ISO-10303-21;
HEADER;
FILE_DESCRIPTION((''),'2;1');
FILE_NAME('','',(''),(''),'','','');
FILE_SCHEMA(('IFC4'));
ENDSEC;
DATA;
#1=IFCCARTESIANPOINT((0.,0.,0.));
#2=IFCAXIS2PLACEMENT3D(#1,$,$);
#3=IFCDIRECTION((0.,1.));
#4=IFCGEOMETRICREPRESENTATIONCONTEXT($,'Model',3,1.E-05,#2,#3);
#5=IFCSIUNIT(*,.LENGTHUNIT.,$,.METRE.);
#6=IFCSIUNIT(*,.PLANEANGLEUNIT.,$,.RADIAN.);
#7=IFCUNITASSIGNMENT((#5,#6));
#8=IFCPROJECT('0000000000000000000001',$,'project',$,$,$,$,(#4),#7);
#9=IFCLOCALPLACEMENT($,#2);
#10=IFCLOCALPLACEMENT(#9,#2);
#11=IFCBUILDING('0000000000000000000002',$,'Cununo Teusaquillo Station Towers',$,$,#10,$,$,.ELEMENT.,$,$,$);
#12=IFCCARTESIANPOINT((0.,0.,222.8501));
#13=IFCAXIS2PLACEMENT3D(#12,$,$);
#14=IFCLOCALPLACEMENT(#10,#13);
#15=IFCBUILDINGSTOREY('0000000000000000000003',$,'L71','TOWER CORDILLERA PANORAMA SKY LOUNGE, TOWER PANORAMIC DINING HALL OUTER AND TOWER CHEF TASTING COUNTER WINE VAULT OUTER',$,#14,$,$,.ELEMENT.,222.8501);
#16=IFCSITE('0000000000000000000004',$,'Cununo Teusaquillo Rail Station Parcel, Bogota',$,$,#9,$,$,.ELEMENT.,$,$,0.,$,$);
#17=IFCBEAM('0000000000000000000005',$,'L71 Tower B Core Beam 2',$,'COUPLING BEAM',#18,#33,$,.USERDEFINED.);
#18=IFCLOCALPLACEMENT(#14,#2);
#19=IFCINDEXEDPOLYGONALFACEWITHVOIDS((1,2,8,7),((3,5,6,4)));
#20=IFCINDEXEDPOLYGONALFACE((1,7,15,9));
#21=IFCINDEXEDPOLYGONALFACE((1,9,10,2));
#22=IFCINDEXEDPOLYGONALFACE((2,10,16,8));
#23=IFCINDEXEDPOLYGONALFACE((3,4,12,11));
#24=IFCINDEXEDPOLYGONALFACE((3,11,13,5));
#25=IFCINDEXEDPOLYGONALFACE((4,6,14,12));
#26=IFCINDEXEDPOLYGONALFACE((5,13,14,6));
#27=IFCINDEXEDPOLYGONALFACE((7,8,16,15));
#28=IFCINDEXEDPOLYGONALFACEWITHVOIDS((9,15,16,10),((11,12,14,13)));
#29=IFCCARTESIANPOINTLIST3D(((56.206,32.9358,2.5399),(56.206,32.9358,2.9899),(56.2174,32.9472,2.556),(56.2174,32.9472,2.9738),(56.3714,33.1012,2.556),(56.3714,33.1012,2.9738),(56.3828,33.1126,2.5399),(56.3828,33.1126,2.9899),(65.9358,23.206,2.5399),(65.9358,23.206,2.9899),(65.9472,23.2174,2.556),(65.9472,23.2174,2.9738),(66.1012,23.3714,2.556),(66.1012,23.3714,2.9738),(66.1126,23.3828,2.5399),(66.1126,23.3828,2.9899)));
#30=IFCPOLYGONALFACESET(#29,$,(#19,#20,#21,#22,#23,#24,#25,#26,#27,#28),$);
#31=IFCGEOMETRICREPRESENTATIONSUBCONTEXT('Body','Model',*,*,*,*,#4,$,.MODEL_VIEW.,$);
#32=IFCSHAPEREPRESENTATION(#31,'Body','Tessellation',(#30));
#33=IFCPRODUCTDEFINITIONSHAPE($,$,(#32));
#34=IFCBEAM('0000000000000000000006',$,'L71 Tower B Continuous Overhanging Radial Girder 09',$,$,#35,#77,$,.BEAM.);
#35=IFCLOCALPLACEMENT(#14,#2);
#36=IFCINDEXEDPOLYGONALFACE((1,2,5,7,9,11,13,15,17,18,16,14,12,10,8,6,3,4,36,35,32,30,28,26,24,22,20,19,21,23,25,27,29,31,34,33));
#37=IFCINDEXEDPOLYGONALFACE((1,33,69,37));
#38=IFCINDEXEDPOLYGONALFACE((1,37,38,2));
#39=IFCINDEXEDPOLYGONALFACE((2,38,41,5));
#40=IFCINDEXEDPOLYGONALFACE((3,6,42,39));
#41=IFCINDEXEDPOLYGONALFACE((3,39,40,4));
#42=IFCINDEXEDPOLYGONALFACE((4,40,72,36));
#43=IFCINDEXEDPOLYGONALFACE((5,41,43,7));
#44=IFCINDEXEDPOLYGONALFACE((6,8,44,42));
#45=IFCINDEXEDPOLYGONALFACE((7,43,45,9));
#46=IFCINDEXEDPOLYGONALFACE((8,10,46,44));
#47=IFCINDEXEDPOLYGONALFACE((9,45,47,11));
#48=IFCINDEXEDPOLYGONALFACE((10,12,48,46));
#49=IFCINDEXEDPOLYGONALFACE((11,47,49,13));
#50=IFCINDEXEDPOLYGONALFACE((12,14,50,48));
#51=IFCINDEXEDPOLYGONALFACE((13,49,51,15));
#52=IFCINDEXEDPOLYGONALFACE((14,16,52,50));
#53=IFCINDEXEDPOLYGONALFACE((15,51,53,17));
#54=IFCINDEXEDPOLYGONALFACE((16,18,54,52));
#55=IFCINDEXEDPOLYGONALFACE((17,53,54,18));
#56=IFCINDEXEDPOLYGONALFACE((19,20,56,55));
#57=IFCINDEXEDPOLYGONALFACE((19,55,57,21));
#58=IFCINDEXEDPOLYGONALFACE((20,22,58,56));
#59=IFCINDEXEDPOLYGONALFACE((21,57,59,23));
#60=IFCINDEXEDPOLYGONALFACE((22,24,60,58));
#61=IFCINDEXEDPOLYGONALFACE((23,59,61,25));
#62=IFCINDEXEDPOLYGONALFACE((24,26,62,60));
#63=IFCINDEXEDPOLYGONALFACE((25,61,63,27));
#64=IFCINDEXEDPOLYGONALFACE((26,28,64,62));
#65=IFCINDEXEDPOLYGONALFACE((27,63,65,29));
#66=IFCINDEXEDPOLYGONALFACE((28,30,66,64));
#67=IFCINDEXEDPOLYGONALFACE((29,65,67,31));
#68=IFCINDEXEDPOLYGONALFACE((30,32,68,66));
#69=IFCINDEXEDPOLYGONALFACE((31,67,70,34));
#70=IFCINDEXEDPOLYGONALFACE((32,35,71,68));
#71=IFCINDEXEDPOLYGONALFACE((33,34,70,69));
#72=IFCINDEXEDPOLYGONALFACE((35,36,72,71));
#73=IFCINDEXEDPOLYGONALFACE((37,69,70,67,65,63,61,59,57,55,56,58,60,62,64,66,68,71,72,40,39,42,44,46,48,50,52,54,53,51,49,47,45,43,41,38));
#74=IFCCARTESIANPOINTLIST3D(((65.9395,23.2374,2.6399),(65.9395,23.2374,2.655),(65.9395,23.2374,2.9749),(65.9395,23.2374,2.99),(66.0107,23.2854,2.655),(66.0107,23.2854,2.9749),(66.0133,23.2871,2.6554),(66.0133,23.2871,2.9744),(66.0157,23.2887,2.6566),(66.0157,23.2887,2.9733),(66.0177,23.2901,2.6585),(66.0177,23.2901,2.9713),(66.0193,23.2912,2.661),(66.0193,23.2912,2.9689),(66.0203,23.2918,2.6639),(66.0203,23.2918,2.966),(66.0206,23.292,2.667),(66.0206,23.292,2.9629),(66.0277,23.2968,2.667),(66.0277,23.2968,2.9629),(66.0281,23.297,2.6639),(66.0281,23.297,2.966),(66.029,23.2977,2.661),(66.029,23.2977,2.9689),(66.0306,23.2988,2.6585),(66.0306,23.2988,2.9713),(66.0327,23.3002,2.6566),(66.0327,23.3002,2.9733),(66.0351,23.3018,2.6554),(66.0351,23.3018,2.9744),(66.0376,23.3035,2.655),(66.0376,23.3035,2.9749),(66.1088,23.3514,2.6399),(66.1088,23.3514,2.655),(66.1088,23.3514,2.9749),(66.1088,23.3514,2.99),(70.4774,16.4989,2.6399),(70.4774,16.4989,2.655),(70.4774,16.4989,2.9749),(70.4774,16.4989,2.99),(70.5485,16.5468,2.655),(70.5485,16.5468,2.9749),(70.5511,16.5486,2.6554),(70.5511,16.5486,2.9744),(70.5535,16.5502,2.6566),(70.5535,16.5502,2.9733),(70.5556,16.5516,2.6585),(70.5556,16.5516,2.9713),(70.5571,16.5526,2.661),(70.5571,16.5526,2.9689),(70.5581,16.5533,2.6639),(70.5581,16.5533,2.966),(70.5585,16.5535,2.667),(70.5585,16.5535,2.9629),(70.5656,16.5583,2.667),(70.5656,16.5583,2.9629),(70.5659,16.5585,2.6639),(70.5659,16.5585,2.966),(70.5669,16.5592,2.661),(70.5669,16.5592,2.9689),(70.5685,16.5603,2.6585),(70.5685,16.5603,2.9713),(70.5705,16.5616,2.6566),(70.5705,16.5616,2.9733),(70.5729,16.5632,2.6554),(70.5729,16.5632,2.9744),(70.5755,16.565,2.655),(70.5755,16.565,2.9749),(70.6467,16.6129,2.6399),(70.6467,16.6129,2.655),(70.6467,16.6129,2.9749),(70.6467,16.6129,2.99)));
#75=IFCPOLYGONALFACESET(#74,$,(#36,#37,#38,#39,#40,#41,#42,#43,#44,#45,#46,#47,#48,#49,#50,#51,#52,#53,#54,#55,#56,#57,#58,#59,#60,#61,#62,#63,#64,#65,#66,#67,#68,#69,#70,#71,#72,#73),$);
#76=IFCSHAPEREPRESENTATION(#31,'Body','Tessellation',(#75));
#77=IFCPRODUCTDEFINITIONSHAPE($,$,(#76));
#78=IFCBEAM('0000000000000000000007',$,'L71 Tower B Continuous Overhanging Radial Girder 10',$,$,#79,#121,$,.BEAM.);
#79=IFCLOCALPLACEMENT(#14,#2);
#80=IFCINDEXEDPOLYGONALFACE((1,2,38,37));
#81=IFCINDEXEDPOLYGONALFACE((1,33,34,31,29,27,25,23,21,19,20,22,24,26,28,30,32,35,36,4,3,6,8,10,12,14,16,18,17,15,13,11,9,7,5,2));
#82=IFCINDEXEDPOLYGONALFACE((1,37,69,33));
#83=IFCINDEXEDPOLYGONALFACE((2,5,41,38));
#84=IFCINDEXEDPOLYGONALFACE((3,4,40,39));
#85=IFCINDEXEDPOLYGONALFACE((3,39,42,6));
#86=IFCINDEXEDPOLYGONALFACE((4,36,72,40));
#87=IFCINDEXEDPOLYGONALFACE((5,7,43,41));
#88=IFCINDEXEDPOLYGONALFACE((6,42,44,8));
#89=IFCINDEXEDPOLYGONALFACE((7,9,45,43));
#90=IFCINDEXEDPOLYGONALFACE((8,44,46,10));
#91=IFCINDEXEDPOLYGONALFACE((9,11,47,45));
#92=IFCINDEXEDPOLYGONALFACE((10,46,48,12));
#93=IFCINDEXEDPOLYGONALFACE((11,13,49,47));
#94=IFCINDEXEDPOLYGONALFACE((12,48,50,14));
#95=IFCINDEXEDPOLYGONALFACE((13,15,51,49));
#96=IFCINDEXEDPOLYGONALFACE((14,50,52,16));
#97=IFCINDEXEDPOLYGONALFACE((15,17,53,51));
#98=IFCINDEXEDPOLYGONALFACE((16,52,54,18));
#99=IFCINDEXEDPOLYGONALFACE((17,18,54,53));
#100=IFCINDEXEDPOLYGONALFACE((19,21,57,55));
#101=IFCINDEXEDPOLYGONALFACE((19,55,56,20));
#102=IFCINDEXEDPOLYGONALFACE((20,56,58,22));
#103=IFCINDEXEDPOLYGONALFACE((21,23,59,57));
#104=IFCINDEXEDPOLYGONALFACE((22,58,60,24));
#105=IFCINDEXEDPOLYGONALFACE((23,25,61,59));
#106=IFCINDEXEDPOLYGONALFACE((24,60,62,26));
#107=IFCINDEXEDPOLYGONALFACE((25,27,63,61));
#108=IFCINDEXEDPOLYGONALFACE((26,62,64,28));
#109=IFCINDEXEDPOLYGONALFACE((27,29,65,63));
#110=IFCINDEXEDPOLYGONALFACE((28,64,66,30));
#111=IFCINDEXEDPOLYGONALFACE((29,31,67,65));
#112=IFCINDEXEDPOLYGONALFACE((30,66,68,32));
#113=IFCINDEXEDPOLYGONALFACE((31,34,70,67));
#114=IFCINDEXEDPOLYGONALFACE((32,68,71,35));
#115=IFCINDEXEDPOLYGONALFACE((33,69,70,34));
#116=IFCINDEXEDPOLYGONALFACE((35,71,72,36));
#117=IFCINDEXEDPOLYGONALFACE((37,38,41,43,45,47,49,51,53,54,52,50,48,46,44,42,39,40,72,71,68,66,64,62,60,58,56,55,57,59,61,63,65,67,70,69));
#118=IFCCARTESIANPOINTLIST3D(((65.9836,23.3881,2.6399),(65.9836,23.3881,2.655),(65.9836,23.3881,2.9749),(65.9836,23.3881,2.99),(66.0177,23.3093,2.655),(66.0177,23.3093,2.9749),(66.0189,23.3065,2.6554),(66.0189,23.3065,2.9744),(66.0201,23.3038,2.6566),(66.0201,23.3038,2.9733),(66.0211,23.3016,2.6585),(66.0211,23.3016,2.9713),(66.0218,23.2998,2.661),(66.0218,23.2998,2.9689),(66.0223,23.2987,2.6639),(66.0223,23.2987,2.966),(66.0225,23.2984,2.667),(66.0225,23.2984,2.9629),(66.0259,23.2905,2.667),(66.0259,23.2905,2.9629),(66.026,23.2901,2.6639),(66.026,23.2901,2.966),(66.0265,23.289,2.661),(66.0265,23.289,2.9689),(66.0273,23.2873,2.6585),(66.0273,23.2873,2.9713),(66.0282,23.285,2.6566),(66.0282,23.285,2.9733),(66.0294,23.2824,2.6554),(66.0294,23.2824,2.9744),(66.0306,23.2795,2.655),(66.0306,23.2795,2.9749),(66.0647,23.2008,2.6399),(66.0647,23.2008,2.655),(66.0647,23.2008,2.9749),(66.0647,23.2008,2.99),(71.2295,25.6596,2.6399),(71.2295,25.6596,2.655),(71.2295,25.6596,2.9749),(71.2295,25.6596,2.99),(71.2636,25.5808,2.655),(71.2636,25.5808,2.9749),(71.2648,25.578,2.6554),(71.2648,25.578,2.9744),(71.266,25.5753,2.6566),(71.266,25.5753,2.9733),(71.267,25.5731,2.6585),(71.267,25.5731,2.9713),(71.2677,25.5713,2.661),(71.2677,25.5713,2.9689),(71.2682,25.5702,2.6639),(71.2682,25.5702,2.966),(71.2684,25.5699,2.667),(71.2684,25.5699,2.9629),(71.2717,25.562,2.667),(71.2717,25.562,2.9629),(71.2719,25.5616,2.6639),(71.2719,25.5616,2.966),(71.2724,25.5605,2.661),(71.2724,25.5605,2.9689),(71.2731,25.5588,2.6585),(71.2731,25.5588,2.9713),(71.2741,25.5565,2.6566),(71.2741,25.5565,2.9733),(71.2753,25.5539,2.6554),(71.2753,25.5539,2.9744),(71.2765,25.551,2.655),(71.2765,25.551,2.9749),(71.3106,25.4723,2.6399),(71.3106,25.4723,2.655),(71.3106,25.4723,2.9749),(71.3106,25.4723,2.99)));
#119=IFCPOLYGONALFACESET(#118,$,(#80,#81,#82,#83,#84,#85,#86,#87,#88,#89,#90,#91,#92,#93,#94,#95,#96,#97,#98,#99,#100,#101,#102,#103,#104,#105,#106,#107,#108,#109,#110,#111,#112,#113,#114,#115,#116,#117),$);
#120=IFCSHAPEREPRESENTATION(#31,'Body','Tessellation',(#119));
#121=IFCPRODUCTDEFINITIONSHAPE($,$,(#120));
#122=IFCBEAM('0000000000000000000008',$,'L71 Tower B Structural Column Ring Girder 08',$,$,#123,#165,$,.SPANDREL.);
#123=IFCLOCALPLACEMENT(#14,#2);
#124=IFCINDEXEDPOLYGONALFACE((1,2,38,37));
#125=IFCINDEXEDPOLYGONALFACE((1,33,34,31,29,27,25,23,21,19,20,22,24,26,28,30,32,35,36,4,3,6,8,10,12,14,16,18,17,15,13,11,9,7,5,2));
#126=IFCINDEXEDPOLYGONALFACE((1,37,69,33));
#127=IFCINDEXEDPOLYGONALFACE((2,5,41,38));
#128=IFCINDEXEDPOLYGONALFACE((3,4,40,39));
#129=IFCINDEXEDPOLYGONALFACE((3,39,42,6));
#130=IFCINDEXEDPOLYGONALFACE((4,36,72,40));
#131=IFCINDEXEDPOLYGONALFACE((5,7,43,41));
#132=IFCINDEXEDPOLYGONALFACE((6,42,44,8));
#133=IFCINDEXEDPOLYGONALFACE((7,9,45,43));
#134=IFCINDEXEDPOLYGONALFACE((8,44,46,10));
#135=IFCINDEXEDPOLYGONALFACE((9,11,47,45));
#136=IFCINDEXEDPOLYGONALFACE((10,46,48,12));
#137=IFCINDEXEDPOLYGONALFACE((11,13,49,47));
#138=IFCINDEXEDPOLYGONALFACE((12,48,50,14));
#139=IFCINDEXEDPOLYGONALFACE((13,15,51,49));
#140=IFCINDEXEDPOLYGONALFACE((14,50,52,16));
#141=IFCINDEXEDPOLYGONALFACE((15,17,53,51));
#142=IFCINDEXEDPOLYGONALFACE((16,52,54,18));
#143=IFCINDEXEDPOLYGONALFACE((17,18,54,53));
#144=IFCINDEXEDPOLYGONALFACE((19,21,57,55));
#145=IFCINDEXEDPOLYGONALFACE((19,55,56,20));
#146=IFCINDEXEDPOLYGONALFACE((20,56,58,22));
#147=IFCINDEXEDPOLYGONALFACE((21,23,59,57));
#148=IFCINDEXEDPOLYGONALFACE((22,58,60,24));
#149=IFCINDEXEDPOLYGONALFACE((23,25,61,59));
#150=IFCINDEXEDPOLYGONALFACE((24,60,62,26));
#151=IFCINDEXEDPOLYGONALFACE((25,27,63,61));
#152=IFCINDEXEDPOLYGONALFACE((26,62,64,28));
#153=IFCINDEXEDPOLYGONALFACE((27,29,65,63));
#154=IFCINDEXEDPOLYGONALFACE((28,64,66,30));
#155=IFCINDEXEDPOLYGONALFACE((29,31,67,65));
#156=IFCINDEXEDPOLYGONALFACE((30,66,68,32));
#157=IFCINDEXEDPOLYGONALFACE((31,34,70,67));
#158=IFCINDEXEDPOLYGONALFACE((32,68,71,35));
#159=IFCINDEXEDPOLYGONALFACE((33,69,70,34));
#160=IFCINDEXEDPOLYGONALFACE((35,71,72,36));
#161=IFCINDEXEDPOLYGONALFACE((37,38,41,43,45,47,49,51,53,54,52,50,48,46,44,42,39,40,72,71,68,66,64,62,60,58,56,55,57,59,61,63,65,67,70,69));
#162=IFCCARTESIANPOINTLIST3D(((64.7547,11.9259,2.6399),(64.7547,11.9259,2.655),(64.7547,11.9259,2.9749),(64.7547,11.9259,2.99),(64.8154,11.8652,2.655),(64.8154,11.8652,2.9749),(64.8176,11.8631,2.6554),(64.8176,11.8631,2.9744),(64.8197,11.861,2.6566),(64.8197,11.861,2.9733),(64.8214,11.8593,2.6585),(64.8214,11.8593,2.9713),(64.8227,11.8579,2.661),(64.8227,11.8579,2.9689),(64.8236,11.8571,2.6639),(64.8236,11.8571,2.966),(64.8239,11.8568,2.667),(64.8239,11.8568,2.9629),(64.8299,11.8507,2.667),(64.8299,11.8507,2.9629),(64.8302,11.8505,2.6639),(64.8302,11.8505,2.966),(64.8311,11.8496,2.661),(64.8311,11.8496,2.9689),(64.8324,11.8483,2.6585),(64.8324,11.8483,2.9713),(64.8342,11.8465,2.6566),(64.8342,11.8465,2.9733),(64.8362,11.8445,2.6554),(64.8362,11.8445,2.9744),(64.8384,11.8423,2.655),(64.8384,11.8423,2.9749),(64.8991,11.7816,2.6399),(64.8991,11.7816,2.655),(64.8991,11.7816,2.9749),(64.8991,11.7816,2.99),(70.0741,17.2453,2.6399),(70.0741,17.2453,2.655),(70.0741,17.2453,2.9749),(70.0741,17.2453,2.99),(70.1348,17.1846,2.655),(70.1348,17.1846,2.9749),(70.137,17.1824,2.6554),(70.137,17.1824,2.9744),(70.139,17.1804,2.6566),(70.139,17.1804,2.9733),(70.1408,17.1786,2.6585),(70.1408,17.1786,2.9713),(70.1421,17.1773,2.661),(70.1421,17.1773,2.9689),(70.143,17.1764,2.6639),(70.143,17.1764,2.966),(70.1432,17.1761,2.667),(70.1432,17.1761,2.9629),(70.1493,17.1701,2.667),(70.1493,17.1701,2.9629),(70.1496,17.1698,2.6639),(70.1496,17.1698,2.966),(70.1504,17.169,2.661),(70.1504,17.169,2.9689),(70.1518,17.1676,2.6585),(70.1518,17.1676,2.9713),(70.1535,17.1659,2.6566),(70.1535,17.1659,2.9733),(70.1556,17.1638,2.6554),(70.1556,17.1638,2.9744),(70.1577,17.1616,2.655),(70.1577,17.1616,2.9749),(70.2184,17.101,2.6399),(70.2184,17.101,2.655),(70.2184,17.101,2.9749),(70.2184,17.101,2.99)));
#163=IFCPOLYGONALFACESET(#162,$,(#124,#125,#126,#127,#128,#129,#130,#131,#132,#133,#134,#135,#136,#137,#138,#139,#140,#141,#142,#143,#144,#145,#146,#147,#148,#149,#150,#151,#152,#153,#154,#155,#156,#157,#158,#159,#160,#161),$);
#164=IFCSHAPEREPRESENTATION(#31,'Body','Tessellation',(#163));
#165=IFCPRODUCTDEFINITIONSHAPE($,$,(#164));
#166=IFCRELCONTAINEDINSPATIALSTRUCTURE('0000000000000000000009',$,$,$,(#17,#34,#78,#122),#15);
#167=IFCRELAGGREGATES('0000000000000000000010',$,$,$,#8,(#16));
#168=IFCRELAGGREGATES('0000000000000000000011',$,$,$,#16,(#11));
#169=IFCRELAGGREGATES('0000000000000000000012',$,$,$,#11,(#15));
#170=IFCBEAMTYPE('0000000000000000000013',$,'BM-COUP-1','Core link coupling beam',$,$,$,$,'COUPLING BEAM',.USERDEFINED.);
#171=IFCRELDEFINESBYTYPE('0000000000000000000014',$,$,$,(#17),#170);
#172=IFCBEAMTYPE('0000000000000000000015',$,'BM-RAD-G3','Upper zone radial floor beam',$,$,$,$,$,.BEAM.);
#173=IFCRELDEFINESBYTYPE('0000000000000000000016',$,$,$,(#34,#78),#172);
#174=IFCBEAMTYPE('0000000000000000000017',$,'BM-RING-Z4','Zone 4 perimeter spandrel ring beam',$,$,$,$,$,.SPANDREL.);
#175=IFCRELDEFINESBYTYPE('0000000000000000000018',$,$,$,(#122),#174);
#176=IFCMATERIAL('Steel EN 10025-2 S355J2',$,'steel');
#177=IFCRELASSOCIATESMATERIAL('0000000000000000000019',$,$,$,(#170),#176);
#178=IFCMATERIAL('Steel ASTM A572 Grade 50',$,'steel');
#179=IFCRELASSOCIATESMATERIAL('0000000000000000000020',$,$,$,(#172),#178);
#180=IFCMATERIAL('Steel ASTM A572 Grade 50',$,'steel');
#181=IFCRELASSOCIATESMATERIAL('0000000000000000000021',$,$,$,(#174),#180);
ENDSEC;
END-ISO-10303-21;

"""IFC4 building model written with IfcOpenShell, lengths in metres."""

from ifc_helpers import new_model, si_unit, direction, frame, origin, origin_2d, place, context, subcontext, project, spatial, hollow_rectangle, i_section, extrude, material, material_profile, profile_set, type_object, element, save


model = new_model("IFC4")

# Units and contexts
model_context = context("Model", 3, precision=1e-05, world=origin(), true_north=direction((0.0, 1.0)))
body_context = subcontext(model_context, "Body", "Model", "MODEL_VIEW")
ifc_project = project(units=[si_unit("LENGTHUNIT", "METRE"), si_unit("PLANEANGLEUNIT", "RADIAN")], contexts=[model_context])

# Site, building, storey
site_placement = place(None, origin())
site = spatial("IfcSite", under=ifc_project, at=site_placement, Name="Cununo Teusaquillo Rail Station Parcel, Bogota", CompositionType="ELEMENT", RefElevation=0.0)
building_placement = place(site_placement, origin())
building = spatial("IfcBuilding", under=site, at=building_placement, Name="Cununo Teusaquillo Station Towers", CompositionType="ELEMENT")
storey_placement = place(building_placement, frame((0.0, 0.0, 222.8501)))
storey = spatial("IfcBuildingStorey", under=building, at=storey_placement, Name="L71", Description="TOWER CORDILLERA PANORAMA SKY LOUNGE, TOWER PANORAMIC DINING HALL OUTER AND TOWER CHEF TASTING COUNTER WINE VAULT OUTER", CompositionType="ELEMENT", Elevation=222.8501)

# Beams
ifc_material_1 = material(Name="Steel EN 10025-2 S355J2", Category="steel")
ifc_material_profile_1 = material_profile(ifc_material_1, hollow_rectangle(XDim=0.25, YDim=0.45, WallThickness=0.0161, at=origin_2d()), Name="RHS 450x250x16")
ifc_profile_set_1 = profile_set([ifc_material_profile_1], Name="Steel EN 10025-2 S355J2")
beam_type_1 = type_object("IfcBeamType", Name="BM-COUP-1", Description="Core link coupling beam", ElementType="COUPLING BEAM", PredefinedType="USERDEFINED", material=ifc_profile_set_1)
beam_1_placement = place(storey_placement, frame((66.0242, 23.2944, 2.7649), z_axis=(-0.707107, 0.707107, 0.0), x_axis=(-0.707107, -0.707107, 0.0)))
element("IfcBeam", 1, at=beam_1_placement, inside=storey, type_object=beam_type_1, Name="L71 Tower B Core Beam 2", ObjectType="COUPLING BEAM", PredefinedType="USERDEFINED", context=body_context, shape_type="SweptSolid", body=[
    extrude(hollow_rectangle(XDim=0.25, YDim=0.45, WallThickness=0.0161, at=origin_2d()), origin(), (0.0, 0.0, 1.0), 13.76),
])
ifc_material_2 = material(Name="Steel ASTM A572 Grade 50", Category="steel")
ifc_material_profile_2 = material_profile(ifc_material_2, i_section(OverallWidth=0.2041, OverallDepth=0.3501, WebThickness=0.0085, FlangeThickness=0.0151, FilletRadius=0.012, at=origin_2d()), Name="W14X48")
ifc_profile_set_2 = profile_set([ifc_material_profile_2], Name="Steel ASTM A572 Grade 50")
beam_type_2 = type_object("IfcBeamType", Name="BM-RAD-G3", Description="Upper zone radial floor beam", PredefinedType="BEAM", material=ifc_profile_set_2)
beam_2_placement = place(storey_placement, frame((66.0242, 23.2944, 2.8149), z_axis=(0.558571, -0.829457, 0.0), x_axis=(0.829457, 0.558571, 0.0)))
element("IfcBeam", 2, at=beam_2_placement, inside=storey, type_object=beam_type_2, Name="L71 Tower B Continuous Overhanging Radial Girder 09", PredefinedType="BEAM", context=body_context, shape_type="SweptSolid", body=[
    extrude(i_section(OverallWidth=0.2041, OverallDepth=0.3501, WebThickness=0.0085, FlangeThickness=0.0151, FilletRadius=0.012, at=origin_2d()), origin(), (0.0, 0.0, 1.0), 8.124),
])
beam_3_placement = place(storey_placement, frame((66.0242, 23.2944, 2.8149), z_axis=(0.917665, 0.397355, 0.0), x_axis=(-0.397355, 0.917665, 0.0)))
element("IfcBeam", 3, at=beam_3_placement, inside=storey, type_object=beam_type_2, Name="L71 Tower B Continuous Overhanging Radial Girder 10", PredefinedType="BEAM", context=body_context, shape_type="SweptSolid", body=[
    extrude(i_section(OverallWidth=0.2041, OverallDepth=0.3501, WebThickness=0.0085, FlangeThickness=0.0151, FilletRadius=0.012, at=origin_2d()), origin(), (0.0, 0.0, 1.0), 5.7166),
])
ifc_material_3 = material(Name="Steel ASTM A572 Grade 50", Category="steel")
ifc_material_profile_3 = material_profile(ifc_material_3, i_section(OverallWidth=0.2041, OverallDepth=0.3501, WebThickness=0.0085, FlangeThickness=0.0151, FilletRadius=0.012, at=origin_2d()), Name="W14X48")
ifc_profile_set_3 = profile_set([ifc_material_profile_3], Name="Steel ASTM A572 Grade 50")
beam_type_3 = type_object("IfcBeamType", Name="BM-RING-Z4", Description="Zone 4 perimeter spandrel ring beam", PredefinedType="SPANDREL", material=ifc_profile_set_3)
beam_4_placement = place(storey_placement, frame((64.8269, 11.8538, 2.8149), z_axis=(0.707107, 0.707107, 0.0), x_axis=(-0.707107, 0.707107, 0.0)))
element("IfcBeam", 4, at=beam_4_placement, inside=storey, type_object=beam_type_3, Name="L71 Tower B Structural Column Ring Girder 08", PredefinedType="SPANDREL", context=body_context, shape_type="SweptSolid", body=[
    extrude(i_section(OverallWidth=0.2041, OverallDepth=0.3501, WebThickness=0.0085, FlangeThickness=0.0151, FilletRadius=0.012, at=origin_2d()), origin(), (0.0, 0.0, 1.0), 7.5227),
])

save(model, "model.ifc")
